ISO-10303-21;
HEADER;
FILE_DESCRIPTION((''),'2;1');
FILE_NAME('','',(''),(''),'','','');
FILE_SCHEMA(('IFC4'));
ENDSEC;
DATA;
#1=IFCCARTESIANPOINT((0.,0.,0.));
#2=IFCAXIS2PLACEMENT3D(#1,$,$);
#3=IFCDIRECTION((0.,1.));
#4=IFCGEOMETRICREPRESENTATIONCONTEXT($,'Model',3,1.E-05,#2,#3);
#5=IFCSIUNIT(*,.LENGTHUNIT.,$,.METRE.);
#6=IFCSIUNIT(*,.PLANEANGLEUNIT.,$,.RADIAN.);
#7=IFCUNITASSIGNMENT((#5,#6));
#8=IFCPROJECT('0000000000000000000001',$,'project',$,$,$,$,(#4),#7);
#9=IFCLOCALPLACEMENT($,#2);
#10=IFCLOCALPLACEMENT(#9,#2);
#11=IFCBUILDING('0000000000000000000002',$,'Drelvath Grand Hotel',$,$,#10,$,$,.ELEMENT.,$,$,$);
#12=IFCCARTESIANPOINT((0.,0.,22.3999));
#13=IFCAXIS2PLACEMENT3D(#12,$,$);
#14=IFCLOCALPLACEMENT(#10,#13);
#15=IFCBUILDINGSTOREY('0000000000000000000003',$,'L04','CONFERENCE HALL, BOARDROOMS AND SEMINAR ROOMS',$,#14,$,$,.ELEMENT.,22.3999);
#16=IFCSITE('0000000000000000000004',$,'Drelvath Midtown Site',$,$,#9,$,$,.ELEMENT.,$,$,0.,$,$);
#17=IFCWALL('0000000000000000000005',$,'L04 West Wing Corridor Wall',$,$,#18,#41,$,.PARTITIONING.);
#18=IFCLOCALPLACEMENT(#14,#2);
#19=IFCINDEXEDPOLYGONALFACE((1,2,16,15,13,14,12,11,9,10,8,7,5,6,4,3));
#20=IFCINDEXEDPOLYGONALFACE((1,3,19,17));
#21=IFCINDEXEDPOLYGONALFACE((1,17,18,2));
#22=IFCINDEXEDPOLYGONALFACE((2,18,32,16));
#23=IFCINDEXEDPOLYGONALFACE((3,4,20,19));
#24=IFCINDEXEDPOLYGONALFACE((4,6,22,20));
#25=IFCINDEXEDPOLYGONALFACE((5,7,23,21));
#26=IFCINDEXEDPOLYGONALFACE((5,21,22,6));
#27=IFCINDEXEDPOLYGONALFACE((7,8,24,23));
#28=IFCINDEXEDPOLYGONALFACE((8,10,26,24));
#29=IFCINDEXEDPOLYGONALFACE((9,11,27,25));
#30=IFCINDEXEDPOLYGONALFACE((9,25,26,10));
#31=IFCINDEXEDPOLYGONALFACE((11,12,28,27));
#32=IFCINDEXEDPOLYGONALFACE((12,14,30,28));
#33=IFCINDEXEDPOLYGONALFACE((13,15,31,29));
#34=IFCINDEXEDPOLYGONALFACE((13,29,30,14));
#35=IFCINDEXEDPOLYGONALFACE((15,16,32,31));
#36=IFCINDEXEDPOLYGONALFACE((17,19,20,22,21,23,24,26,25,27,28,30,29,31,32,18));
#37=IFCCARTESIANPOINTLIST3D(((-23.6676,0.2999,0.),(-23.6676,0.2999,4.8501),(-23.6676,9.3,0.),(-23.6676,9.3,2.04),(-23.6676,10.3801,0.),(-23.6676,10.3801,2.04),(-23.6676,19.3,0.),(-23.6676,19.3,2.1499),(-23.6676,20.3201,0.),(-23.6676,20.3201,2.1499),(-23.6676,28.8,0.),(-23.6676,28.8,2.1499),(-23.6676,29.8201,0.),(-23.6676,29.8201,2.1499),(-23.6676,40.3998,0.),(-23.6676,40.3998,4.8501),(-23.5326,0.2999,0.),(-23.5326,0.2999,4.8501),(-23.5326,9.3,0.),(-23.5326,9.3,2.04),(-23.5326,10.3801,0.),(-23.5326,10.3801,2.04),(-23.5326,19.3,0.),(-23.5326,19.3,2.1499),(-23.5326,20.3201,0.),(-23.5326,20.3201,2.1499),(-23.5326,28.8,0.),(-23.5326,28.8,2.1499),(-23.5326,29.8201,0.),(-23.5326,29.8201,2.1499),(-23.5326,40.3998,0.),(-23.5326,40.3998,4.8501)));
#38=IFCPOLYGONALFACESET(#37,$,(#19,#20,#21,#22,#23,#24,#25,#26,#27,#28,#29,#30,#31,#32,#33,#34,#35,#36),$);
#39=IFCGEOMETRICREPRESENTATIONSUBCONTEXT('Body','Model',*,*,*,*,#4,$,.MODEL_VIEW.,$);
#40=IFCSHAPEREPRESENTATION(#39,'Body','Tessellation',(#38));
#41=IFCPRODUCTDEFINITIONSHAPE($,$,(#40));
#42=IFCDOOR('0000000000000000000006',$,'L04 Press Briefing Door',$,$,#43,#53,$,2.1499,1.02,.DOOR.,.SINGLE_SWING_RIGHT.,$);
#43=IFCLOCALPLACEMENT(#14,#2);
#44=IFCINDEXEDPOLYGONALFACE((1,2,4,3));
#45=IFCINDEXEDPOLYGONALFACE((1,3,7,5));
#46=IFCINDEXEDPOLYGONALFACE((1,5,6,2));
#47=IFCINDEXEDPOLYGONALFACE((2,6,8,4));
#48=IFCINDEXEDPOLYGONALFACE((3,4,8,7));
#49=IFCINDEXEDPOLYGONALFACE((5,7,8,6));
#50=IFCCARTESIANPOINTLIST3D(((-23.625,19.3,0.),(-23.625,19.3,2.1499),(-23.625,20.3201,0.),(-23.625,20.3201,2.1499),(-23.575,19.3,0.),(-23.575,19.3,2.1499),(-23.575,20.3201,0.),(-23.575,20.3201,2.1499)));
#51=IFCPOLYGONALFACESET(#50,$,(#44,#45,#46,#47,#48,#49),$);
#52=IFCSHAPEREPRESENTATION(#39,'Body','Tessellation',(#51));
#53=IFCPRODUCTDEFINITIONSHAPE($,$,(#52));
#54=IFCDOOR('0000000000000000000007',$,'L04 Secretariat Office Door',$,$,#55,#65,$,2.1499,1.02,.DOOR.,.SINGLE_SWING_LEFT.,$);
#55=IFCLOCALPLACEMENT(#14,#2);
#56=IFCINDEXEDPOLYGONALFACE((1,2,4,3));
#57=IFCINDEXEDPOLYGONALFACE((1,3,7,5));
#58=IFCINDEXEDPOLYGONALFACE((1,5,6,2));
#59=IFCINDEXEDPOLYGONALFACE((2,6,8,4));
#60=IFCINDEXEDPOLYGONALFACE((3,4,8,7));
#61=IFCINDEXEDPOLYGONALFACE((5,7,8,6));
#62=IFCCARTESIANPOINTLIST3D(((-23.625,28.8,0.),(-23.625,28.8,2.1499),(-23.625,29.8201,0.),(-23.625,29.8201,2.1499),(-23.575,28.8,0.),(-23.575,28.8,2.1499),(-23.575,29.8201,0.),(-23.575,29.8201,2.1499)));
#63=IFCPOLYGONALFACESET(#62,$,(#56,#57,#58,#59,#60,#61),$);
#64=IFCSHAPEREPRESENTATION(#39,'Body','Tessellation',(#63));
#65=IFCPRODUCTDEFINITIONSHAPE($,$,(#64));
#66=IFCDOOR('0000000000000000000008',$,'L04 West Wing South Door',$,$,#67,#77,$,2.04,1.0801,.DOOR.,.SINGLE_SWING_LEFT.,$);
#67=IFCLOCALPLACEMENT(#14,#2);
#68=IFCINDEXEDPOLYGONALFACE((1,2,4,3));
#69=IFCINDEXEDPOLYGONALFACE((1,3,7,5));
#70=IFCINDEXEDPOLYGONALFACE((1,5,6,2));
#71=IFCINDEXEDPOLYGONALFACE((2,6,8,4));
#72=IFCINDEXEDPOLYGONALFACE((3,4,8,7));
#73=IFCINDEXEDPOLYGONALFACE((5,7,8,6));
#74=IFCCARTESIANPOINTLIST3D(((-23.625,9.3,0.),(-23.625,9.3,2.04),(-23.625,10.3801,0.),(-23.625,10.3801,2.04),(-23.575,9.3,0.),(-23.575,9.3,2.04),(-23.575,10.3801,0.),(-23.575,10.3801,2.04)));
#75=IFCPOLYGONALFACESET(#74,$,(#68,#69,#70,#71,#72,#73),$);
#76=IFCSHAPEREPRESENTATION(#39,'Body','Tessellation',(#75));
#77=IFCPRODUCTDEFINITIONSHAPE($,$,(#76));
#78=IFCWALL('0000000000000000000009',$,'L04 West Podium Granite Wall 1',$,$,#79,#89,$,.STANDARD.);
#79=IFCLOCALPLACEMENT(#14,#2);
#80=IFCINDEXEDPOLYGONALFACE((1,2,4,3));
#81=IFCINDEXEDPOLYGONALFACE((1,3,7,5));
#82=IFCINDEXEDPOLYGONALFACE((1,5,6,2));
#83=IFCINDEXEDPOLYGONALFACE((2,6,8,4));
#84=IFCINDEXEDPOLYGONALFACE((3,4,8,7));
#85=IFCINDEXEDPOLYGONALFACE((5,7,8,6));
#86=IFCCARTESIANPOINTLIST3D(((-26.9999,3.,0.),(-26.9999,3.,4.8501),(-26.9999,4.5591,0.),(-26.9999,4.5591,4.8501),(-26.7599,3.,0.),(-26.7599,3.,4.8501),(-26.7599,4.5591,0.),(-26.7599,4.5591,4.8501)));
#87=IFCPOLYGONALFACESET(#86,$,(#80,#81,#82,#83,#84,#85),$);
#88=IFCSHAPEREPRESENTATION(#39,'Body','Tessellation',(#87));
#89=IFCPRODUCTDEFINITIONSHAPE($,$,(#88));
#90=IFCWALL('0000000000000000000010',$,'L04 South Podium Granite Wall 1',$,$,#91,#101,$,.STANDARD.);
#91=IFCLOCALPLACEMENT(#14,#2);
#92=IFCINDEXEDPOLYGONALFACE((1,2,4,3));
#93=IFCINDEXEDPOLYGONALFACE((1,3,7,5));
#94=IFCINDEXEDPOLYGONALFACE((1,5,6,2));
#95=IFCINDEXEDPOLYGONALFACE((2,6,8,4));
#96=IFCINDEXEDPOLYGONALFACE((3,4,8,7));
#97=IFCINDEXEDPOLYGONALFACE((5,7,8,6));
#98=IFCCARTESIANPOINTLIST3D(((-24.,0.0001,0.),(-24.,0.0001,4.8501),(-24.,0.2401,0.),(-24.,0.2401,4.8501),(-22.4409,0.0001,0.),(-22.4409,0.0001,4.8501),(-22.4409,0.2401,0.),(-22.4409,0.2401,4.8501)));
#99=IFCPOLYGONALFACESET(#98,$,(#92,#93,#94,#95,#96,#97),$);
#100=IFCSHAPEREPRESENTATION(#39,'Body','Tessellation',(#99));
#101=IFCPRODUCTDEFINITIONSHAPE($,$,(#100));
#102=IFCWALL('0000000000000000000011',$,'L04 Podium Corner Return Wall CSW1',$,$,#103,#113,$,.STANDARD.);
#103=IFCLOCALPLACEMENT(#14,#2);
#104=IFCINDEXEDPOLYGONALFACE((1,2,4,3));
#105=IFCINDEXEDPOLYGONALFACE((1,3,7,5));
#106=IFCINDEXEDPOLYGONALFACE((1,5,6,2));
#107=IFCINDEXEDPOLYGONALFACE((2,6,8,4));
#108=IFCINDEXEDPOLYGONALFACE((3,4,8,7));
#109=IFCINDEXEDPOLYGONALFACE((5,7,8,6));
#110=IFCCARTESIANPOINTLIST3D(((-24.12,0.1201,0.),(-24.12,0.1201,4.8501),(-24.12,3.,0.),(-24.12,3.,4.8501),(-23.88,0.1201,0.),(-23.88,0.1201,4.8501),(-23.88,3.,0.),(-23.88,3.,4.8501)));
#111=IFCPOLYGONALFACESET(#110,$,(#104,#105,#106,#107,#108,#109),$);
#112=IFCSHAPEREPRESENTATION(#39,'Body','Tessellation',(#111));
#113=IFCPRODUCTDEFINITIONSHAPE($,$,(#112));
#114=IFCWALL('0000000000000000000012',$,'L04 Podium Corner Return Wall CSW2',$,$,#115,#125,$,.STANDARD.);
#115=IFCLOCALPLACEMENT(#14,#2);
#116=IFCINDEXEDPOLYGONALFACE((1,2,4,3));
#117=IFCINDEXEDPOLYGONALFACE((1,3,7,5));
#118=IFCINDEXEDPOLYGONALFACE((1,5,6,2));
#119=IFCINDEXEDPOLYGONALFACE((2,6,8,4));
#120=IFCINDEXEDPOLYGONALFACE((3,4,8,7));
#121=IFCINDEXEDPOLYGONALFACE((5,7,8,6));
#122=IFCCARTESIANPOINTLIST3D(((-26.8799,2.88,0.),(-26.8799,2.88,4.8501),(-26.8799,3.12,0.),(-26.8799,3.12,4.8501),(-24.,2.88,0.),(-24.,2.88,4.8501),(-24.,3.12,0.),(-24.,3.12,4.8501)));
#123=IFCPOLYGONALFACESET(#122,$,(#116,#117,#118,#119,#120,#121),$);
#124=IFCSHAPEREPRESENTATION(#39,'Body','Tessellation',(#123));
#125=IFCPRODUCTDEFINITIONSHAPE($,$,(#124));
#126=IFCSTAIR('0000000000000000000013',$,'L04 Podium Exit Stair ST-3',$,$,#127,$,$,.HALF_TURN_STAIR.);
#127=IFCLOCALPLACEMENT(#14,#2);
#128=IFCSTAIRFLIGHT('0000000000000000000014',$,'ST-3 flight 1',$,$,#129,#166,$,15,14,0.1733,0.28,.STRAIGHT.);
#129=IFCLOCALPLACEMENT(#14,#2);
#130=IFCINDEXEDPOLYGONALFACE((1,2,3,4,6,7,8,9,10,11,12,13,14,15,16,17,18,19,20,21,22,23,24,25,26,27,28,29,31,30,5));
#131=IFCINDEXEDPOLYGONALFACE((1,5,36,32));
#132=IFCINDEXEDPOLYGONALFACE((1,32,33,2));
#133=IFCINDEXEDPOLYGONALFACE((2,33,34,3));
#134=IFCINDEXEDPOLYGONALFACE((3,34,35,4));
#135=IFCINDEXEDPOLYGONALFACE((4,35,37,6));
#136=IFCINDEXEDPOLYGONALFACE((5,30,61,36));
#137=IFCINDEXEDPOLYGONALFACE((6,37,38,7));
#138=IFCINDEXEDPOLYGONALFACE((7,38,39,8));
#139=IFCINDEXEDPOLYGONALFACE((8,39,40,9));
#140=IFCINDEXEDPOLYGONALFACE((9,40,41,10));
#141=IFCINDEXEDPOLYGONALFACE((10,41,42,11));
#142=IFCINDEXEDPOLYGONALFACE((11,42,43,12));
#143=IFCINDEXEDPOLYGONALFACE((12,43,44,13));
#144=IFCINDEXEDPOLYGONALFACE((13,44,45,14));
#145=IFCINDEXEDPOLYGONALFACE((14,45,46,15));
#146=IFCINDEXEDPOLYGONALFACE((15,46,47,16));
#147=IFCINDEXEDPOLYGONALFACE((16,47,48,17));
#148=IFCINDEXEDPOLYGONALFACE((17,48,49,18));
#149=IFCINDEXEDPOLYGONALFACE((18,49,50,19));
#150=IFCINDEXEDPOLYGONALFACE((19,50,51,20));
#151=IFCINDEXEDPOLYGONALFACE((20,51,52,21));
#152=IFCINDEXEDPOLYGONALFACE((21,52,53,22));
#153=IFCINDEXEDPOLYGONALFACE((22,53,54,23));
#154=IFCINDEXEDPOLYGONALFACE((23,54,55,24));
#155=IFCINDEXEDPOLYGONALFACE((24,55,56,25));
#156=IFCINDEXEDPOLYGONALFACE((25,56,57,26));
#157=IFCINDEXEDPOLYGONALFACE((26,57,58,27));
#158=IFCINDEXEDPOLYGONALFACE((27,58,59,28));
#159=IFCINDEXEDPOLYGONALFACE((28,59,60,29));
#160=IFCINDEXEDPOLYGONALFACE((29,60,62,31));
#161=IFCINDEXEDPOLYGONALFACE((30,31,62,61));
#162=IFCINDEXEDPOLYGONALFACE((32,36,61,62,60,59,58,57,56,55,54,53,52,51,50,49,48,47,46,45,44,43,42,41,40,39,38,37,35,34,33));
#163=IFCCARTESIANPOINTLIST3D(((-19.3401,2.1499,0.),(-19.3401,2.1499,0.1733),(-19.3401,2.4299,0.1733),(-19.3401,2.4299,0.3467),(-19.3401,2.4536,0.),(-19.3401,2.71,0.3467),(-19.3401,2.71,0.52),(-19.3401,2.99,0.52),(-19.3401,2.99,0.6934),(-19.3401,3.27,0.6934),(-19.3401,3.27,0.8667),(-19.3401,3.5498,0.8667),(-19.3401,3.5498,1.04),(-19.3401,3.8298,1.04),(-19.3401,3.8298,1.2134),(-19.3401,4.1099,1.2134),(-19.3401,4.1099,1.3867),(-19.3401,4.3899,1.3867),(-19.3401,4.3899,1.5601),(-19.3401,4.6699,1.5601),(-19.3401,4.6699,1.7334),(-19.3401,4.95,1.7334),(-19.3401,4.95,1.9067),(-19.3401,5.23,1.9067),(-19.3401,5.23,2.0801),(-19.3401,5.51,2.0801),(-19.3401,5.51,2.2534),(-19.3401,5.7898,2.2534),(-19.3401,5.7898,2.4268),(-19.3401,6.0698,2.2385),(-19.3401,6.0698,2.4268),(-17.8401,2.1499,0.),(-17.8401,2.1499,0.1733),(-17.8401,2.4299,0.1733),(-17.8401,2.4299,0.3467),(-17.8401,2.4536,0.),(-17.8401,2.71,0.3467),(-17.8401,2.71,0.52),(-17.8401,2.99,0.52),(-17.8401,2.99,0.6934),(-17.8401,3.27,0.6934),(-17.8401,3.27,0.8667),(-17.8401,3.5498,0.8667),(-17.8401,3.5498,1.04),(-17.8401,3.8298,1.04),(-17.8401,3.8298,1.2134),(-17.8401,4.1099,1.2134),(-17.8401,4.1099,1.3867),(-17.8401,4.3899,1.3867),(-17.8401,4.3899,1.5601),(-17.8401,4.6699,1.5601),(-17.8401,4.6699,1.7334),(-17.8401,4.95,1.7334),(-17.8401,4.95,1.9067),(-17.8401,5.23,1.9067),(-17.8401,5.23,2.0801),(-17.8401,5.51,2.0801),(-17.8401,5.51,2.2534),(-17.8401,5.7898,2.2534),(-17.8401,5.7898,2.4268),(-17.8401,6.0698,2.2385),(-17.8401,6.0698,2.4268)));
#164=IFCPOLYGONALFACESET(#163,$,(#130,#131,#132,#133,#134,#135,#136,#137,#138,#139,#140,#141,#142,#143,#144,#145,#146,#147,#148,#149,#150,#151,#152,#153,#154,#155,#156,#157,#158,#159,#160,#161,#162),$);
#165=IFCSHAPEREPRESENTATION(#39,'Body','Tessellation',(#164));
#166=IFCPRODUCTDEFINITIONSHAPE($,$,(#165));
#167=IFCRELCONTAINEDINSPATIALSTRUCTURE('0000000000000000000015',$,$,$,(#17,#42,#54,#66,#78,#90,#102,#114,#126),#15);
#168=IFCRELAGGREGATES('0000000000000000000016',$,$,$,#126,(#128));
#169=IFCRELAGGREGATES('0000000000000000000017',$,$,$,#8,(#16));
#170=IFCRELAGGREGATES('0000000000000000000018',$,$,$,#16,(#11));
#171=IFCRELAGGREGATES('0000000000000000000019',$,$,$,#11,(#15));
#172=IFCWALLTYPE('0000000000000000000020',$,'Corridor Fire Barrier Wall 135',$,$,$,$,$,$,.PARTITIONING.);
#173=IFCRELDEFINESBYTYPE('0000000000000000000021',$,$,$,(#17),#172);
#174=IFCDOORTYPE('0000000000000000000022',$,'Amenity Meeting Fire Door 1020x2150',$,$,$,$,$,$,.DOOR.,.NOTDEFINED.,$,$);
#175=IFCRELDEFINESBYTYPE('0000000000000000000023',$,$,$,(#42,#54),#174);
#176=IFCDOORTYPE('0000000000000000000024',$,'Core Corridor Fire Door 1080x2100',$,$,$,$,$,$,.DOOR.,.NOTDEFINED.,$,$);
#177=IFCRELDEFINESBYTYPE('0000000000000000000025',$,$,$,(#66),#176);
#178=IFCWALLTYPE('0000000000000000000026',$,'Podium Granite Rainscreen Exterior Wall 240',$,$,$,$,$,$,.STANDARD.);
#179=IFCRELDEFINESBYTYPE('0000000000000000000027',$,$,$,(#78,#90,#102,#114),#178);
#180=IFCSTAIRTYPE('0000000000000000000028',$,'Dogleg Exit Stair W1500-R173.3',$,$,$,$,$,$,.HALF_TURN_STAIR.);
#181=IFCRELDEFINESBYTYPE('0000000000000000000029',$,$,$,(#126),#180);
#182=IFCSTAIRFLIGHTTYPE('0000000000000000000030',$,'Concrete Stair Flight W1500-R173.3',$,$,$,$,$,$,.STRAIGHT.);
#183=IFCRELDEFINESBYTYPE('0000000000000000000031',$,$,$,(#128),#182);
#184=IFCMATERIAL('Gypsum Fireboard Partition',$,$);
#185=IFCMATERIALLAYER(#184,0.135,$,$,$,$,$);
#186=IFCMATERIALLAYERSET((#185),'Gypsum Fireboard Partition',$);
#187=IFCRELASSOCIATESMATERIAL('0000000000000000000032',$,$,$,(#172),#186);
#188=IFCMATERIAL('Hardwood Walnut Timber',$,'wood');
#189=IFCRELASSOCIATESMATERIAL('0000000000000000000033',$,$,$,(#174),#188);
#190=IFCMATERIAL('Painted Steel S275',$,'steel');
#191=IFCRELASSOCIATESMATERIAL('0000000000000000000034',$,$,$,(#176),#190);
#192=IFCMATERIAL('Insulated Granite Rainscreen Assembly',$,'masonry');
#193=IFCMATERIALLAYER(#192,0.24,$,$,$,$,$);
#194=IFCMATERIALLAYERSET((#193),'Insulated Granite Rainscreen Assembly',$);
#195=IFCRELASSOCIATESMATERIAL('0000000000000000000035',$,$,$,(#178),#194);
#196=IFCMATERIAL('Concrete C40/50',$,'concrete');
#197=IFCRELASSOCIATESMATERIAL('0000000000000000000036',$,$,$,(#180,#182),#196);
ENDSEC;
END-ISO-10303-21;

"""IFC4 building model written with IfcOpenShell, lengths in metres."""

from ifc_helpers import new_model, si_unit, direction, frame, frame_2d, origin, place, context, subcontext, project, spatial, polyline, rectangle, outline, extrude, material, layer, layer_set, type_object, element, fill, aggregate, save


model = new_model("IFC4")

# Units and contexts
model_context = context("Model", 3, precision=1e-05, world=origin(), true_north=direction((0.0, 1.0)))
body_context = subcontext(model_context, "Body", "Model", "MODEL_VIEW")
ifc_project = project(units=[si_unit("LENGTHUNIT", "METRE"), si_unit("PLANEANGLEUNIT", "RADIAN")], contexts=[model_context])

# Site, building, storey
site_placement = place(None, origin())
site = spatial("IfcSite", under=ifc_project, at=site_placement, Name="Drelvath Midtown Site", CompositionType="ELEMENT", RefElevation=0.0)
building_placement = place(site_placement, origin())
building = spatial("IfcBuilding", under=site, at=building_placement, Name="Drelvath Grand Hotel", CompositionType="ELEMENT")
storey_placement = place(building_placement, frame((0.0, 0.0, 22.3999)))
storey = spatial("IfcBuildingStorey", under=building, at=storey_placement, Name="L04", Description="CONFERENCE HALL, BOARDROOMS AND SEMINAR ROOMS", CompositionType="ELEMENT", Elevation=22.3999)

# Shared definitions
ifc_material_1 = material(Name="Concrete C40/50", Category="concrete")
ifc_material_2 = material(Name="Painted Steel S275", Category="steel")

# Shared definitions
ifc_material_3 = material(Name="Gypsum Fireboard Partition")
ifc_layer_1 = layer(ifc_material_3, 0.135)
ifc_layer_set_1 = layer_set([ifc_layer_1], Name="Gypsum Fireboard Partition")
wall_type_1 = type_object("IfcWallType", Name="Corridor Fire Barrier Wall 135", PredefinedType="PARTITIONING", material=ifc_layer_set_1)

# Wall, openings, doors
wall_1_placement = place(storey_placement, frame((-23.6001, 0.3, 0.0), z_axis=(0.0, 0.0, 1.0), x_axis=(0.0, 1.0, 0.0)))
wall_1 = element("IfcWall", 1, at=wall_1_placement, inside=storey, type_object=wall_type_1, Name="L04 West Wing Corridor Wall", PredefinedType="PARTITIONING", context=body_context, shape_type="SweptSolid", body=[
    extrude(rectangle(XDim=40.0999, YDim=0.135, at=frame_2d((20.0498, 0.0))), origin(), (0.0, 0.0, 1.0), 4.8501),
])
opening_1_placement = place(wall_1_placement, frame((19.0, 0.0, 0.0)))
opening_1 = element("IfcOpeningElement", 2, at=opening_1_placement, cuts=wall_1, PredefinedType="OPENING", context=body_context, shape_type="SweptSolid", body=[
    extrude(rectangle(XDim=1.02, YDim=2.1499, at=frame_2d((0.51, 1.075))), frame((0.0, 0.0774, 0.0), z_axis=(0.0, -1.0, 0.0), x_axis=(1.0, 0.0, 0.0)), (0.0, 0.0, 1.0), 0.155),
])
opening_2_placement = place(wall_1_placement, frame((28.5, 0.0, 0.0)))
opening_2 = element("IfcOpeningElement", 3, at=opening_2_placement, cuts=wall_1, PredefinedType="OPENING", context=body_context, shape_type="SweptSolid", body=[
    extrude(rectangle(XDim=1.02, YDim=2.1499, at=frame_2d((0.51, 1.075))), frame((0.0, 0.0774, 0.0), z_axis=(0.0, -1.0, 0.0), x_axis=(1.0, 0.0, 0.0)), (0.0, 0.0, 1.0), 0.155),
])
opening_3_placement = place(wall_1_placement, frame((9.0, 0.0, 0.0)))
opening_3 = element("IfcOpeningElement", 4, at=opening_3_placement, cuts=wall_1, PredefinedType="OPENING", context=body_context, shape_type="SweptSolid", body=[
    extrude(rectangle(XDim=1.0801, YDim=2.04, at=frame_2d((0.54, 1.02))), frame((0.0, 0.0774, 0.0), z_axis=(0.0, -1.0, 0.0), x_axis=(1.0, 0.0, 0.0)), (0.0, 0.0, 1.0), 0.155),
])
ifc_material_4 = material(Name="Hardwood Walnut Timber", Category="wood")
door_type_1 = type_object("IfcDoorType", Name="Amenity Meeting Fire Door 1020x2150", OperationType="NOTDEFINED", PredefinedType="DOOR", material=ifc_material_4)
door_1_placement = place(opening_1_placement, origin())
door_1 = element("IfcDoor", 5, at=door_1_placement, inside=storey, type_object=door_type_1, Name="L04 Press Briefing Door", OperationType="SINGLE_SWING_RIGHT", OverallHeight=2.1499, OverallWidth=1.02, PredefinedType="DOOR", context=body_context, shape_type="SweptSolid", body=[
    extrude(rectangle(XDim=1.02, YDim=2.1499, at=frame_2d((0.51, 1.075))), frame((0.0, 0.0249, 0.0), z_axis=(0.0, -1.0, 0.0), x_axis=(1.0, 0.0, 0.0)), (0.0, 0.0, 1.0), 0.05),
])
fill(opening_1, door_1)
door_2_placement = place(opening_2_placement, origin())
door_2 = element("IfcDoor", 6, at=door_2_placement, inside=storey, type_object=door_type_1, Name="L04 Secretariat Office Door", OperationType="SINGLE_SWING_LEFT", OverallHeight=2.1499, OverallWidth=1.02, PredefinedType="DOOR", context=body_context, shape_type="SweptSolid", body=[
    extrude(rectangle(XDim=1.02, YDim=2.1499, at=frame_2d((0.51, 1.075))), frame((0.0, 0.0249, 0.0), z_axis=(0.0, -1.0, 0.0), x_axis=(1.0, 0.0, 0.0)), (0.0, 0.0, 1.0), 0.05),
])
fill(opening_2, door_2)
door_type_2 = type_object("IfcDoorType", Name="Core Corridor Fire Door 1080x2100", OperationType="NOTDEFINED", PredefinedType="DOOR", material=ifc_material_2)
door_3_placement = place(opening_3_placement, origin())
door_3 = element("IfcDoor", 7, at=door_3_placement, inside=storey, type_object=door_type_2, Name="L04 West Wing South Door", OperationType="SINGLE_SWING_LEFT", OverallHeight=2.04, OverallWidth=1.0801, PredefinedType="DOOR", context=body_context, shape_type="SweptSolid", body=[
    extrude(rectangle(XDim=1.0801, YDim=2.04, at=frame_2d((0.54, 1.02))), frame((0.0, 0.0249, 0.0), z_axis=(0.0, -1.0, 0.0), x_axis=(1.0, 0.0, 0.0)), (0.0, 0.0, 1.0), 0.05),
])
fill(opening_3, door_3)

# Walls
ifc_material_5 = material(Name="Insulated Granite Rainscreen Assembly", Category="masonry")
ifc_layer_2 = layer(ifc_material_5, 0.24)
ifc_layer_set_2 = layer_set([ifc_layer_2], Name="Insulated Granite Rainscreen Assembly")
wall_type_2 = type_object("IfcWallType", Name="Podium Granite Rainscreen Exterior Wall 240", PredefinedType="STANDARD", material=ifc_layer_set_2)
for number, where, z_axis, x_axis, name in (
    (8, (-26.8799, 3.0, 0.0), (0.0, 0.0, 1.0), (0.0, 1.0, 0.0), "L04 West Podium Granite Wall 1"),
    (9, (-22.4409, 0.1201, 0.0), (0.0, 0.0, 1.0), (-1.0, 0.0, 0.0), "L04 South Podium Granite Wall 1"),
):
    element("IfcWall", number, at=place(storey_placement, frame(where, z_axis=z_axis, x_axis=x_axis)), inside=storey, type_object=wall_type_2, Name=name, PredefinedType="STANDARD", context=body_context, shape_type="SweptSolid", body=[
        extrude(rectangle(XDim=1.5591, YDim=0.24, at=frame_2d((0.7795, 0.0))), origin(), (0.0, 0.0, 1.0), 4.8501),
    ])
for number, where, z_axis, x_axis, name in (
    (10, (-24.0, 0.1201, 0.0), (0.0, 0.0, 1.0), (0.0, 1.0, 0.0), "L04 Podium Corner Return Wall CSW1"),
    (11, (-24.0, 3.0, 0.0), (0.0, 0.0, 1.0), (-1.0, 0.0, 0.0), "L04 Podium Corner Return Wall CSW2"),
):
    element("IfcWall", number, at=place(storey_placement, frame(where, z_axis=z_axis, x_axis=x_axis)), inside=storey, type_object=wall_type_2, Name=name, PredefinedType="STANDARD", context=body_context, shape_type="SweptSolid", body=[
        extrude(rectangle(XDim=2.8799, YDim=0.24, at=frame_2d((1.4399, 0.0))), origin(), (0.0, 0.0, 1.0), 4.8501),
    ])

# Stair, stair flight
stair_type = type_object("IfcStairType", Name="Dogleg Exit Stair W1500-R173.3", PredefinedType="HALF_TURN_STAIR", material=ifc_material_1)
stair_placement = place(storey_placement, origin())
stair = element("IfcStair", 12, at=stair_placement, inside=storey, type_object=stair_type, Name="L04 Podium Exit Stair ST-3", PredefinedType="HALF_TURN_STAIR")
stair_flight_type = type_object("IfcStairFlightType", Name="Concrete Stair Flight W1500-R173.3", PredefinedType="STRAIGHT", material=ifc_material_1)
stair_flight_placement = place(storey_placement, frame((-18.5901, 2.1499, 0.0), z_axis=(0.0, 0.0, 1.0), x_axis=(0.0, 1.0, 0.0)))
stair_flight = element("IfcStairFlight", 13, at=stair_flight_placement, type_object=stair_flight_type, Name="ST-3 flight 1", NumberOfRisers=15, NumberOfTreads=14, PredefinedType="STRAIGHT", RiserHeight=0.1733, TreadLength=0.28, context=body_context, shape_type="SweptSolid", body=[
    extrude(outline(polyline([(0.0, 0.0), (0.0, 0.1733), (0.28, 0.1733), (0.28, 0.3467), (0.5601, 0.3467), (0.5601, 0.52), (0.8401, 0.52), (0.8401, 0.6934), (1.1201, 0.6934), (1.1201, 0.8667), (1.3999, 0.8667), (1.3999, 1.04), (1.6799, 1.04), (1.6799, 1.2134), (1.96, 1.2134), (1.96, 1.3867), (2.24, 1.3867), (2.24, 1.5601), (2.52, 1.5601), (2.52, 1.7334), (2.8, 1.7334), (2.8, 1.9067), (3.0801, 1.9067), (3.0801, 2.0801), (3.3601, 2.0801), (3.3601, 2.2534), (3.6399, 2.2534), (3.6399, 2.4268), (3.9199, 2.4268), (3.9199, 2.6001), (3.9199, 2.2385), (0.3037, 0.0), (0.0, 0.0)])), frame((0.0, 0.75, 0.0), z_axis=(0.0, -1.0, 0.0), x_axis=(1.0, 0.0, 0.0)), (0.0, 0.0, 1.0), 1.5),
])
aggregate(stair, [stair_flight])

save(model, "model.ifc")
